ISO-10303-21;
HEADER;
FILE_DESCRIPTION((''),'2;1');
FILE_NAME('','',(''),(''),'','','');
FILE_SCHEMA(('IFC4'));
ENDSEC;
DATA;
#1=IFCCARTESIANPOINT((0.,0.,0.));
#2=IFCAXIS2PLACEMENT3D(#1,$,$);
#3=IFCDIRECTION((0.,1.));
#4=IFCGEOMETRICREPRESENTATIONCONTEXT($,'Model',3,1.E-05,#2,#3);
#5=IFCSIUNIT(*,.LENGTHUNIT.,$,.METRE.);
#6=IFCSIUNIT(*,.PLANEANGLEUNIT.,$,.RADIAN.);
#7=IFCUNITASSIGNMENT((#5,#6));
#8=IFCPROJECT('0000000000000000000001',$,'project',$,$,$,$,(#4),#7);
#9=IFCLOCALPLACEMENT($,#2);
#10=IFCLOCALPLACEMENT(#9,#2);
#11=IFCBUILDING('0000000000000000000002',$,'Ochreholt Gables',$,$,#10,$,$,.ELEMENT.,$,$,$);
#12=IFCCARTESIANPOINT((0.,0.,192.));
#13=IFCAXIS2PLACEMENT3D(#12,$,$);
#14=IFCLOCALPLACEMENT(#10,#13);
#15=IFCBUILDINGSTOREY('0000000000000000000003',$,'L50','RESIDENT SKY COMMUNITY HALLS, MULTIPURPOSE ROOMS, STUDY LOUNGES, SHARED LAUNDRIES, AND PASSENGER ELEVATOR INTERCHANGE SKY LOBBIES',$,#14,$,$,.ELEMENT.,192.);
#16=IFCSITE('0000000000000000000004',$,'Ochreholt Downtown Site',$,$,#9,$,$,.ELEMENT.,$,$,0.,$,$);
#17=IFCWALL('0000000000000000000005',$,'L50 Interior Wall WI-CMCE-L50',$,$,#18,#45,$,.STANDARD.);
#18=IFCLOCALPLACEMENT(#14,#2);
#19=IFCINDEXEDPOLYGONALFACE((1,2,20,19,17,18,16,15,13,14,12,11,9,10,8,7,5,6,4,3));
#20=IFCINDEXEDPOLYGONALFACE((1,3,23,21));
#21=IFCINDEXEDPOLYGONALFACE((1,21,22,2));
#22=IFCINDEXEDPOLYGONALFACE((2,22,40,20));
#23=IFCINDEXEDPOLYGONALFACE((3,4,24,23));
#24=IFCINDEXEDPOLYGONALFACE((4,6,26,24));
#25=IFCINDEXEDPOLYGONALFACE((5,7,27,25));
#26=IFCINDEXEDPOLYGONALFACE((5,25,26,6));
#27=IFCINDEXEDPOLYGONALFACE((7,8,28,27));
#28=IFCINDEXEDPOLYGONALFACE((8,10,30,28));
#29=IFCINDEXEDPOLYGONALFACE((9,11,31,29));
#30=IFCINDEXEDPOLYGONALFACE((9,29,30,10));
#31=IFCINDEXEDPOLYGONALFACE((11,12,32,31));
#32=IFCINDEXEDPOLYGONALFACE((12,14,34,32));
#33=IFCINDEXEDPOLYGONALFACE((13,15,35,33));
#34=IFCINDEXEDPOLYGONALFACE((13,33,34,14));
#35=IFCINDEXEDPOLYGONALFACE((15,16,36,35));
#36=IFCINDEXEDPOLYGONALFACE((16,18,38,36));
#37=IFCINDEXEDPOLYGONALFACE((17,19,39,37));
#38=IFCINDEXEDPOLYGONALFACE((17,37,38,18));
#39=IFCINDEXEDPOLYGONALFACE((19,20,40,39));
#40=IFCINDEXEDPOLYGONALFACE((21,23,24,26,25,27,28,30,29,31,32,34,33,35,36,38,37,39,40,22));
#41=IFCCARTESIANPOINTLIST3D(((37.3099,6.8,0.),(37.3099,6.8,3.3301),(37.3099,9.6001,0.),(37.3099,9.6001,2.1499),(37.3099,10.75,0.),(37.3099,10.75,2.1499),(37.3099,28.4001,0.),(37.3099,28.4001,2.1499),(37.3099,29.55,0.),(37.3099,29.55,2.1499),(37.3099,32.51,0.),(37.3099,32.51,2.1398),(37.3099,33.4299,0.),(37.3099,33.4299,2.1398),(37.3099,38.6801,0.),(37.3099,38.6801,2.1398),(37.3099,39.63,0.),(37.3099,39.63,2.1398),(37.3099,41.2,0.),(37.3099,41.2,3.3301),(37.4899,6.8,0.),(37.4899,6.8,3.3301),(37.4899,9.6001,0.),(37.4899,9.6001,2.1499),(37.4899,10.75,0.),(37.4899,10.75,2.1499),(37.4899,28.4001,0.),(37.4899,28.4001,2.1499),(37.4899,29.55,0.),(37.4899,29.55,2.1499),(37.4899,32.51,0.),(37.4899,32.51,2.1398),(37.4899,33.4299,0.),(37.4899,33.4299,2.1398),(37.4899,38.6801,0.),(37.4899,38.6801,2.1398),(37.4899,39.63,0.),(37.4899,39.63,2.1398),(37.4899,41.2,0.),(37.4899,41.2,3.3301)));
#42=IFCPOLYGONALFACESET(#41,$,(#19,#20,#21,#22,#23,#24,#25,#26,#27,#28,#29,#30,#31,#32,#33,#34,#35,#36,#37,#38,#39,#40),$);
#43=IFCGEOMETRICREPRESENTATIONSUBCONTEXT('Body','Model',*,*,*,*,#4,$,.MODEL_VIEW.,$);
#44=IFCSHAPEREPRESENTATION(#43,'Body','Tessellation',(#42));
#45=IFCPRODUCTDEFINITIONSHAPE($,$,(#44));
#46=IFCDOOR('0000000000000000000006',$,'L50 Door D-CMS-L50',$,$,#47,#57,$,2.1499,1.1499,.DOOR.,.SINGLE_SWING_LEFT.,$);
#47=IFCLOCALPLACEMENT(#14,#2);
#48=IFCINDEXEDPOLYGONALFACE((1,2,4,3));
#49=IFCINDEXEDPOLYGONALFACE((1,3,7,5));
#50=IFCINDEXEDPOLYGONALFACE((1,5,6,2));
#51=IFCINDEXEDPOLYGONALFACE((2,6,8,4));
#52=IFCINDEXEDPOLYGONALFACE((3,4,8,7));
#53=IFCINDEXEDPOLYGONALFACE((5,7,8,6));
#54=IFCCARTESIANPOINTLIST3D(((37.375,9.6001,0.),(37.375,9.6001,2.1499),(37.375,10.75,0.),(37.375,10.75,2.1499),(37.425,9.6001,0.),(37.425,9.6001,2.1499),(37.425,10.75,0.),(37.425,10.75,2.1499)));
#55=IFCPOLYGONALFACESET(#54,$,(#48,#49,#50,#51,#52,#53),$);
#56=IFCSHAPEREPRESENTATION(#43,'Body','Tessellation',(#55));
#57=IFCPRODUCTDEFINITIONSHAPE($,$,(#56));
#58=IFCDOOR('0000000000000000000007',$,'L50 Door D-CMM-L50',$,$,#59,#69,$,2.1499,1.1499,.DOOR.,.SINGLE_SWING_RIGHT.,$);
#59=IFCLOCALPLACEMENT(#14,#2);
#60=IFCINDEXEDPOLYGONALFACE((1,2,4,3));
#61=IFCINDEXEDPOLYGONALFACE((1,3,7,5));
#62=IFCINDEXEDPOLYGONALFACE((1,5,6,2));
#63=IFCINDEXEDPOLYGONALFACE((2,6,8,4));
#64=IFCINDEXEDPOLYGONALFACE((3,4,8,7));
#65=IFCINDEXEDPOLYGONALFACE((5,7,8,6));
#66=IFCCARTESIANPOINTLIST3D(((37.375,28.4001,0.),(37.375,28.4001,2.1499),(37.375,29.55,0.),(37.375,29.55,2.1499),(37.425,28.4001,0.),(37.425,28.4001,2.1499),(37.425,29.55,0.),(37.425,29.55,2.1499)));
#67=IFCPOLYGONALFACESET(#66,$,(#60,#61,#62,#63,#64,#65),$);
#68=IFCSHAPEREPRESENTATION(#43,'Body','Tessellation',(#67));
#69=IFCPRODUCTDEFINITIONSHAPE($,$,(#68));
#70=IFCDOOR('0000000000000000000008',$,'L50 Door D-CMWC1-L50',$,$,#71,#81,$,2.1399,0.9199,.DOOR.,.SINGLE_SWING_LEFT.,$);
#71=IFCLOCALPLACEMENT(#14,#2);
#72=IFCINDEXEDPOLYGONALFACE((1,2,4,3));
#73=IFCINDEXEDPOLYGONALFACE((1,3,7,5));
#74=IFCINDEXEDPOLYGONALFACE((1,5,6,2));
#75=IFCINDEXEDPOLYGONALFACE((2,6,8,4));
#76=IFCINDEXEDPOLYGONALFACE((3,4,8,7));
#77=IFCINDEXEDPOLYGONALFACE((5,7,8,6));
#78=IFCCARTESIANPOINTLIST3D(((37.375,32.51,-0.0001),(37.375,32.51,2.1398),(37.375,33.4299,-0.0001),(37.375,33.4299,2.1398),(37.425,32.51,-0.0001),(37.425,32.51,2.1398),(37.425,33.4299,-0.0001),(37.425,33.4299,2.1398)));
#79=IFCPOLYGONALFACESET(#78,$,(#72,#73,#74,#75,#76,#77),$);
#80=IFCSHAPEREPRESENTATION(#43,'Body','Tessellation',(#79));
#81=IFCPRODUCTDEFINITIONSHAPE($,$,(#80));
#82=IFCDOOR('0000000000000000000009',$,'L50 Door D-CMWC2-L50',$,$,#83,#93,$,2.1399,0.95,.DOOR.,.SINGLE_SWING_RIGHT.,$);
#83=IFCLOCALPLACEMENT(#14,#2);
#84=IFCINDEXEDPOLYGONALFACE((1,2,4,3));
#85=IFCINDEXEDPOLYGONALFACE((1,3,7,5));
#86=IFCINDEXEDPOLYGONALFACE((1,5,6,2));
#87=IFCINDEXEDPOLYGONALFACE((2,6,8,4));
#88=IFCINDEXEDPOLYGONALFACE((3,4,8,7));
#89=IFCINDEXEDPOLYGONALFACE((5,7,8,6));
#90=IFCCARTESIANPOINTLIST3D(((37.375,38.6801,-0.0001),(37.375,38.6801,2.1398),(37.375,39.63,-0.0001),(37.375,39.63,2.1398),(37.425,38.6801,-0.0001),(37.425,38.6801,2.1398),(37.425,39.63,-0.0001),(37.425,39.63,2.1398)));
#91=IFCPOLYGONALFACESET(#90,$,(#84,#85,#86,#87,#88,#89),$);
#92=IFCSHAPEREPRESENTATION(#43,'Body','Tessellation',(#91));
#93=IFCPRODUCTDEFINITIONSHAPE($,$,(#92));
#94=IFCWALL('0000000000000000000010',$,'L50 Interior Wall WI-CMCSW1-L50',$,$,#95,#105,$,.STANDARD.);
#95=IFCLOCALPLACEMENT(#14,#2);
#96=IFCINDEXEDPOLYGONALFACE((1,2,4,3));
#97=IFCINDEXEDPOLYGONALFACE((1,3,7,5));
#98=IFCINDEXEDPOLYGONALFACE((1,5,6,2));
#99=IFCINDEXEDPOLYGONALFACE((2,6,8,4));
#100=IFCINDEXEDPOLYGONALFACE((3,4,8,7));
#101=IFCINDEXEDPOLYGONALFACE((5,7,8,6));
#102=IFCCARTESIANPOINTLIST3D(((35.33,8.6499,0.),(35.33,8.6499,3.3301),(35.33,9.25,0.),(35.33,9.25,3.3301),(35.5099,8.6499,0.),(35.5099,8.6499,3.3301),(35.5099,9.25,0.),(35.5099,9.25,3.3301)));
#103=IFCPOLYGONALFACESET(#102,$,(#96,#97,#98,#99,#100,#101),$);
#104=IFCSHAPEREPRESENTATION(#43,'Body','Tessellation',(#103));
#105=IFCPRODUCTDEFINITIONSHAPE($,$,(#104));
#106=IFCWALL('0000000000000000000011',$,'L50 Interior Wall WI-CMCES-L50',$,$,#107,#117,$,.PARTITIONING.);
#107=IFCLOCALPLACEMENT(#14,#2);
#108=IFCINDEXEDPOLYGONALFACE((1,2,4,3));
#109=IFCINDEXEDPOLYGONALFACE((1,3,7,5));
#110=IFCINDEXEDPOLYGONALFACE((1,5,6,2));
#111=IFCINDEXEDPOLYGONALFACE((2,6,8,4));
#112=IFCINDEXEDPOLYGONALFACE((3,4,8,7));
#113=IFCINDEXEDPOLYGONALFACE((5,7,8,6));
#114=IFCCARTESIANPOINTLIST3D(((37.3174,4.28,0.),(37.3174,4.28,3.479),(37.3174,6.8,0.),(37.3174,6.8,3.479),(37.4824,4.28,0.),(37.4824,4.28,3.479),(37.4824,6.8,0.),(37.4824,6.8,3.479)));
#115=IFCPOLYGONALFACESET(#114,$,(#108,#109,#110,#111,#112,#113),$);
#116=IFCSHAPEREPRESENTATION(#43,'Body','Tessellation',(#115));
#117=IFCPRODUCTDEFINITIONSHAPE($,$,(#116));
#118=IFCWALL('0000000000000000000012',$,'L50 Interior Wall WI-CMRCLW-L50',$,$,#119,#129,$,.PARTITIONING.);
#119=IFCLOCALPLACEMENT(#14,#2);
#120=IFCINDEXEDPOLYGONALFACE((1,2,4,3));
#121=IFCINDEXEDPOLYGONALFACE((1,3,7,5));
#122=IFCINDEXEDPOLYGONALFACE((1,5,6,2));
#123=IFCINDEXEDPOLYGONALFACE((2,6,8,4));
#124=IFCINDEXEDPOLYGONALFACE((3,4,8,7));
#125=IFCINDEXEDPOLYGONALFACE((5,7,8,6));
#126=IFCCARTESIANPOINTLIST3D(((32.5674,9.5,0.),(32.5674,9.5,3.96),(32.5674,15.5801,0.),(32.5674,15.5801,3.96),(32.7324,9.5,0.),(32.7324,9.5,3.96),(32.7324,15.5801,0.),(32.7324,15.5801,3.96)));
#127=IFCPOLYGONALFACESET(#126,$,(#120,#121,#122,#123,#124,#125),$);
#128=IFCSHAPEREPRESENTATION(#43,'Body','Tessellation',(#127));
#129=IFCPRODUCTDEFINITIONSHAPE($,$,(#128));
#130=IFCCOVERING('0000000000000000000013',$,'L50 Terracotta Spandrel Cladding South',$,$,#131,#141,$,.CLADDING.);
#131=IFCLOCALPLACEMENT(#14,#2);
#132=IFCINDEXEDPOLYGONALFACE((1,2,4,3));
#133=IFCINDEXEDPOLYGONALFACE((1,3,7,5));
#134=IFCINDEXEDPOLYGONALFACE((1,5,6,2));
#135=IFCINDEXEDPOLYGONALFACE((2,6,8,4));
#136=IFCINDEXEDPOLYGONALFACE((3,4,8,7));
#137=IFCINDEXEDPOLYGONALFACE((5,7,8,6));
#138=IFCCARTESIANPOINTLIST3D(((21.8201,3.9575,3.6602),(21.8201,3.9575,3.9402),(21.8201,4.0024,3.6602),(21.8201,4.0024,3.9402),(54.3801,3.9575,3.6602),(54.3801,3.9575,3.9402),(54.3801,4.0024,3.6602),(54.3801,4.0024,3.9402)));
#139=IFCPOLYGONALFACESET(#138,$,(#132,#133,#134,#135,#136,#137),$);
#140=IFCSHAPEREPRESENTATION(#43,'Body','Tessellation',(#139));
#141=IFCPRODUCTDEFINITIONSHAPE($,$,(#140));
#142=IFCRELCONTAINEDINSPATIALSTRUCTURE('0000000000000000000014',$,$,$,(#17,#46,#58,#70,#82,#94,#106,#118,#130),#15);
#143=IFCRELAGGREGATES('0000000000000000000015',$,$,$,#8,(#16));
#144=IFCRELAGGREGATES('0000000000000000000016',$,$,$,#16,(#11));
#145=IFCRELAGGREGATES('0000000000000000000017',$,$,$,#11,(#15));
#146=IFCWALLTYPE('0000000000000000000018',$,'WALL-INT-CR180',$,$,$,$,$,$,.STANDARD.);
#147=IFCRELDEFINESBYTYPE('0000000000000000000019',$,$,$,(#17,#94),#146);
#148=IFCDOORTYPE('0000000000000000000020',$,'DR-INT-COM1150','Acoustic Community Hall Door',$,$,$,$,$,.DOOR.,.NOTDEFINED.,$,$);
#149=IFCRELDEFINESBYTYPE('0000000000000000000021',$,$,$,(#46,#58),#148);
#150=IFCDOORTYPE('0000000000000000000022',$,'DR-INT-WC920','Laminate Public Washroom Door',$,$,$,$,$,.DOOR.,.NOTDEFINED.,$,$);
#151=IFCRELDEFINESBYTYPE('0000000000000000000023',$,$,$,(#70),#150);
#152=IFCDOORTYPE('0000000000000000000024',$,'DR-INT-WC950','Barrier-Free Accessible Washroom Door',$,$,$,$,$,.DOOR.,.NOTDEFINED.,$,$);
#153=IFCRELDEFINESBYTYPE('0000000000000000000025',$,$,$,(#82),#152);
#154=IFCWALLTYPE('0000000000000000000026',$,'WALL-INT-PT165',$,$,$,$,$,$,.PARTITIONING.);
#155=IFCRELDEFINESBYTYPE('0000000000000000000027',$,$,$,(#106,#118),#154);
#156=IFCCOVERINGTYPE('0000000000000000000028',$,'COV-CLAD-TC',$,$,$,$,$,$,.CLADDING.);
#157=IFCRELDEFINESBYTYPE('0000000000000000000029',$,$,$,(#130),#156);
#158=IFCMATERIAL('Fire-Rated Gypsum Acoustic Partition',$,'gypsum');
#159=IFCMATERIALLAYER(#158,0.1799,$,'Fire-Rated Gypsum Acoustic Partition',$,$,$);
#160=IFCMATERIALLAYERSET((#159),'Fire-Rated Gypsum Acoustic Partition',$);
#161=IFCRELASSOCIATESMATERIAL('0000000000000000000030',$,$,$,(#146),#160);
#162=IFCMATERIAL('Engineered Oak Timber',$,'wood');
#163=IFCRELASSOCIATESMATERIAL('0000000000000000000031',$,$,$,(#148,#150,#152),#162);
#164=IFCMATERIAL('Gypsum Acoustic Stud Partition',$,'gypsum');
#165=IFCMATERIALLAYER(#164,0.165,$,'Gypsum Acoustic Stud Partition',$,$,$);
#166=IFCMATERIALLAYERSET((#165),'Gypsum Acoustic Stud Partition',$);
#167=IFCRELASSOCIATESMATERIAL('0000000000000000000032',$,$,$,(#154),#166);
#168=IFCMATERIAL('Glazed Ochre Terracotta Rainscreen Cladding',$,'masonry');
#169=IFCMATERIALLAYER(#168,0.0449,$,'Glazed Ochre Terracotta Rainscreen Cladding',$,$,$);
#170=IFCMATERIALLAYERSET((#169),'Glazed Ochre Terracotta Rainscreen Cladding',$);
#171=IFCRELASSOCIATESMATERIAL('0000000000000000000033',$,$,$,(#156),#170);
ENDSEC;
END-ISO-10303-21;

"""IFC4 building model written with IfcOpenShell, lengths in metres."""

from ifc_helpers import new_model, si_unit, direction, frame, frame_2d, origin, origin_2d, place, context, subcontext, project, spatial, rectangle, extrude, material, layer, layer_set, type_object, element, fill, save


model = new_model("IFC4")

# Units and contexts
model_context = context("Model", 3, precision=1e-05, world=origin(), true_north=direction((0.0, 1.0)))
body_context = subcontext(model_context, "Body", "Model", "MODEL_VIEW")
ifc_project = project(units=[si_unit("LENGTHUNIT", "METRE"), si_unit("PLANEANGLEUNIT", "RADIAN")], contexts=[model_context])

# Site, building, storey
site_placement = place(None, origin())
site = spatial("IfcSite", under=ifc_project, at=site_placement, Name="Ochreholt Downtown Site", CompositionType="ELEMENT", RefElevation=0.0)
building_placement = place(site_placement, origin())
building = spatial("IfcBuilding", under=site, at=building_placement, Name="Ochreholt Gables", CompositionType="ELEMENT")
storey_placement = place(building_placement, frame((0.0, 0.0, 192.0)))
storey = spatial("IfcBuildingStorey", under=building, at=storey_placement, Name="L50", Description="RESIDENT SKY COMMUNITY HALLS, MULTIPURPOSE ROOMS, STUDY LOUNGES, SHARED LAUNDRIES, AND PASSENGER ELEVATOR INTERCHANGE SKY LOBBIES", CompositionType="ELEMENT", Elevation=192.0)

# Wall, openings, doors
ifc_material_1 = material(Name="Fire-Rated Gypsum Acoustic Partition", Category="gypsum")
ifc_layer_1 = layer(ifc_material_1, 0.1799, Name="Fire-Rated Gypsum Acoustic Partition")
ifc_layer_set_1 = layer_set([ifc_layer_1], Name="Fire-Rated Gypsum Acoustic Partition")
wall_type_1 = type_object("IfcWallType", Name="WALL-INT-CR180", PredefinedType="STANDARD", material=ifc_layer_set_1)
wall_1_placement = place(storey_placement, frame((37.3999, 6.8, 0.0), z_axis=(0.0, 0.0, 1.0), x_axis=(0.0, 1.0, 0.0)))
wall_1 = element("IfcWall", 1, at=wall_1_placement, inside=storey, type_object=wall_type_1, Name="L50 Interior Wall WI-CMCE-L50", PredefinedType="STANDARD", context=body_context, shape_type="SweptSolid", body=[
    extrude(rectangle(XDim=34.3999, YDim=0.1799, at=frame_2d((17.2, 0.0))), origin(), (0.0, 0.0, 1.0), 3.3301),
])
opening_1_placement = place(wall_1_placement, frame((25.71, 0.0, 0.0)))
opening_1 = element("IfcOpeningElement", 2, at=opening_1_placement, cuts=wall_1, PredefinedType="OPENING", context=body_context, shape_type="SweptSolid", body=[
    extrude(rectangle(XDim=0.9199, YDim=2.1399, at=frame_2d((0.46, 1.0698))), frame((0.0, 0.0999, 0.0), z_axis=(0.0, -1.0, 0.0), x_axis=(1.0, 0.0, 0.0)), (0.0, 0.0, 1.0), 0.2),
])
opening_2_placement = place(wall_1_placement, frame((31.8799, 0.0, 0.0)))
opening_2 = element("IfcOpeningElement", 3, at=opening_2_placement, cuts=wall_1, PredefinedType="OPENING", context=body_context, shape_type="SweptSolid", body=[
    extrude(rectangle(XDim=0.95, YDim=2.1399, at=frame_2d((0.4751, 1.0698))), frame((0.0, 0.0999, 0.0), z_axis=(0.0, -1.0, 0.0), x_axis=(1.0, 0.0, 0.0)), (0.0, 0.0, 1.0), 0.2),
])
opening_3_placement = place(wall_1_placement, frame((2.8, 0.0, 0.0)))
opening_3 = element("IfcOpeningElement", 4, at=opening_3_placement, cuts=wall_1, PredefinedType="OPENING", context=body_context, shape_type="SweptSolid", body=[
    extrude(rectangle(XDim=1.1499, YDim=2.1499, at=frame_2d((0.575, 1.075))), frame((0.0, 0.0999, 0.0), z_axis=(0.0, -1.0, 0.0), x_axis=(1.0, 0.0, 0.0)), (0.0, 0.0, 1.0), 0.2),
])
opening_4_placement = place(wall_1_placement, frame((21.6001, 0.0, 0.0)))
opening_4 = element("IfcOpeningElement", 5, at=opening_4_placement, cuts=wall_1, PredefinedType="OPENING", context=body_context, shape_type="SweptSolid", body=[
    extrude(rectangle(XDim=1.1499, YDim=2.1499, at=frame_2d((0.575, 1.075))), frame((0.0, 0.0999, 0.0), z_axis=(0.0, -1.0, 0.0), x_axis=(1.0, 0.0, 0.0)), (0.0, 0.0, 1.0), 0.2),
])
ifc_material_2 = material(Name="Engineered Oak Timber", Category="wood")
door_type_1 = type_object("IfcDoorType", Name="DR-INT-COM1150", Description="Acoustic Community Hall Door", OperationType="NOTDEFINED", PredefinedType="DOOR", material=ifc_material_2)
door_1_placement = place(opening_3_placement, origin())
door_1 = element("IfcDoor", 6, at=door_1_placement, inside=storey, type_object=door_type_1, Name="L50 Door D-CMS-L50", OperationType="SINGLE_SWING_LEFT", OverallHeight=2.1499, OverallWidth=1.1499, PredefinedType="DOOR", context=body_context, shape_type="SweptSolid", body=[
    extrude(rectangle(XDim=1.1499, YDim=2.1499, at=frame_2d((0.575, 1.075))), frame((0.0, 0.0249, 0.0), z_axis=(0.0, -1.0, 0.0), x_axis=(1.0, 0.0, 0.0)), (0.0, 0.0, 1.0), 0.05),
])
fill(opening_3, door_1)
door_2_placement = place(opening_4_placement, origin())
door_2 = element("IfcDoor", 7, at=door_2_placement, inside=storey, type_object=door_type_1, Name="L50 Door D-CMM-L50", OperationType="SINGLE_SWING_RIGHT", OverallHeight=2.1499, OverallWidth=1.1499, PredefinedType="DOOR", context=body_context, shape_type="SweptSolid", body=[
    extrude(rectangle(XDim=1.1499, YDim=2.1499, at=frame_2d((0.575, 1.075))), frame((0.0, 0.0249, 0.0), z_axis=(0.0, -1.0, 0.0), x_axis=(1.0, 0.0, 0.0)), (0.0, 0.0, 1.0), 0.05),
])
fill(opening_4, door_2)
door_type_2 = type_object("IfcDoorType", Name="DR-INT-WC920", Description="Laminate Public Washroom Door", OperationType="NOTDEFINED", PredefinedType="DOOR", material=ifc_material_2)
door_3_placement = place(opening_1_placement, origin())
door_3 = element("IfcDoor", 8, at=door_3_placement, inside=storey, type_object=door_type_2, Name="L50 Door D-CMWC1-L50", OperationType="SINGLE_SWING_LEFT", OverallHeight=2.1399, OverallWidth=0.9199, PredefinedType="DOOR", context=body_context, shape_type="SweptSolid", body=[
    extrude(rectangle(XDim=0.9199, YDim=2.1399, at=frame_2d((0.46, 1.0698))), frame((0.0, 0.0249, 0.0), z_axis=(0.0, -1.0, 0.0), x_axis=(1.0, 0.0, 0.0)), (0.0, 0.0, 1.0), 0.05),
])
fill(opening_1, door_3)
door_type_3 = type_object("IfcDoorType", Name="DR-INT-WC950", Description="Barrier-Free Accessible Washroom Door", OperationType="NOTDEFINED", PredefinedType="DOOR", material=ifc_material_2)
door_4_placement = place(opening_2_placement, origin())
door_4 = element("IfcDoor", 9, at=door_4_placement, inside=storey, type_object=door_type_3, Name="L50 Door D-CMWC2-L50", OperationType="SINGLE_SWING_RIGHT", OverallHeight=2.1399, OverallWidth=0.95, PredefinedType="DOOR", context=body_context, shape_type="SweptSolid", body=[
    extrude(rectangle(XDim=0.95, YDim=2.1399, at=frame_2d((0.4751, 1.0698))), frame((0.0, 0.0249, 0.0), z_axis=(0.0, -1.0, 0.0), x_axis=(1.0, 0.0, 0.0)), (0.0, 0.0, 1.0), 0.05),
])
fill(opening_2, door_4)

# Walls
wall_2_placement = place(storey_placement, frame((35.4199, 8.6499, 0.0), z_axis=(0.0, 0.0, 1.0), x_axis=(0.0, 1.0, 0.0)))
element("IfcWall", 10, at=wall_2_placement, inside=storey, type_object=wall_type_1, Name="L50 Interior Wall WI-CMCSW1-L50", PredefinedType="STANDARD", context=body_context, shape_type="SweptSolid", body=[
    extrude(rectangle(XDim=0.6001, YDim=0.1799, at=frame_2d((0.3, 0.0))), origin(), (0.0, 0.0, 1.0), 3.3301),
])
ifc_material_3 = material(Name="Gypsum Acoustic Stud Partition", Category="gypsum")
ifc_layer_2 = layer(ifc_material_3, 0.165, Name="Gypsum Acoustic Stud Partition")
ifc_layer_set_2 = layer_set([ifc_layer_2], Name="Gypsum Acoustic Stud Partition")
wall_type_2 = type_object("IfcWallType", Name="WALL-INT-PT165", PredefinedType="PARTITIONING", material=ifc_layer_set_2)
wall_3_placement = place(storey_placement, frame((37.3999, 4.28, 0.0), z_axis=(0.0, 0.0, 1.0), x_axis=(0.0, 1.0, 0.0)))
element("IfcWall", 11, at=wall_3_placement, inside=storey, type_object=wall_type_2, Name="L50 Interior Wall WI-CMCES-L50", PredefinedType="PARTITIONING", context=body_context, shape_type="SweptSolid", body=[
    extrude(rectangle(XDim=2.52, YDim=0.165, at=frame_2d((1.26, 0.0))), origin(), (0.0, 0.0, 1.0), 3.479),
])
wall_4_placement = place(storey_placement, frame((32.6499, 9.5, 0.0), z_axis=(0.0, 0.0, 1.0), x_axis=(0.0, 1.0, 0.0)))
element("IfcWall", 12, at=wall_4_placement, inside=storey, type_object=wall_type_2, Name="L50 Interior Wall WI-CMRCLW-L50", PredefinedType="PARTITIONING", context=body_context, shape_type="SweptSolid", body=[
    extrude(rectangle(XDim=6.0801, YDim=0.165, at=frame_2d((3.04, 0.0))), origin(), (0.0, 0.0, 1.0), 3.96),
])

# Covering
ifc_material_4 = material(Name="Glazed Ochre Terracotta Rainscreen Cladding", Category="masonry")
ifc_layer_3 = layer(ifc_material_4, 0.0449, Name="Glazed Ochre Terracotta Rainscreen Cladding")
ifc_layer_set_3 = layer_set([ifc_layer_3], Name="Glazed Ochre Terracotta Rainscreen Cladding")
covering_type = type_object("IfcCoveringType", Name="COV-CLAD-TC", PredefinedType="CLADDING", material=ifc_layer_set_3)
covering_placement = place(storey_placement, frame((38.1001, 3.98, 3.6602), z_axis=(0.0, 0.0, 1.0), x_axis=(1.0, 0.0, 0.0)))
element("IfcCovering", 13, at=covering_placement, inside=storey, type_object=covering_type, Name="L50 Terracotta Spandrel Cladding South", PredefinedType="CLADDING", context=body_context, shape_type="SweptSolid", body=[
    extrude(rectangle(XDim=32.5601, YDim=0.0449, at=origin_2d()), origin(), (0.0, 0.0, 1.0), 0.28),
])

save(model, "model.ifc")
